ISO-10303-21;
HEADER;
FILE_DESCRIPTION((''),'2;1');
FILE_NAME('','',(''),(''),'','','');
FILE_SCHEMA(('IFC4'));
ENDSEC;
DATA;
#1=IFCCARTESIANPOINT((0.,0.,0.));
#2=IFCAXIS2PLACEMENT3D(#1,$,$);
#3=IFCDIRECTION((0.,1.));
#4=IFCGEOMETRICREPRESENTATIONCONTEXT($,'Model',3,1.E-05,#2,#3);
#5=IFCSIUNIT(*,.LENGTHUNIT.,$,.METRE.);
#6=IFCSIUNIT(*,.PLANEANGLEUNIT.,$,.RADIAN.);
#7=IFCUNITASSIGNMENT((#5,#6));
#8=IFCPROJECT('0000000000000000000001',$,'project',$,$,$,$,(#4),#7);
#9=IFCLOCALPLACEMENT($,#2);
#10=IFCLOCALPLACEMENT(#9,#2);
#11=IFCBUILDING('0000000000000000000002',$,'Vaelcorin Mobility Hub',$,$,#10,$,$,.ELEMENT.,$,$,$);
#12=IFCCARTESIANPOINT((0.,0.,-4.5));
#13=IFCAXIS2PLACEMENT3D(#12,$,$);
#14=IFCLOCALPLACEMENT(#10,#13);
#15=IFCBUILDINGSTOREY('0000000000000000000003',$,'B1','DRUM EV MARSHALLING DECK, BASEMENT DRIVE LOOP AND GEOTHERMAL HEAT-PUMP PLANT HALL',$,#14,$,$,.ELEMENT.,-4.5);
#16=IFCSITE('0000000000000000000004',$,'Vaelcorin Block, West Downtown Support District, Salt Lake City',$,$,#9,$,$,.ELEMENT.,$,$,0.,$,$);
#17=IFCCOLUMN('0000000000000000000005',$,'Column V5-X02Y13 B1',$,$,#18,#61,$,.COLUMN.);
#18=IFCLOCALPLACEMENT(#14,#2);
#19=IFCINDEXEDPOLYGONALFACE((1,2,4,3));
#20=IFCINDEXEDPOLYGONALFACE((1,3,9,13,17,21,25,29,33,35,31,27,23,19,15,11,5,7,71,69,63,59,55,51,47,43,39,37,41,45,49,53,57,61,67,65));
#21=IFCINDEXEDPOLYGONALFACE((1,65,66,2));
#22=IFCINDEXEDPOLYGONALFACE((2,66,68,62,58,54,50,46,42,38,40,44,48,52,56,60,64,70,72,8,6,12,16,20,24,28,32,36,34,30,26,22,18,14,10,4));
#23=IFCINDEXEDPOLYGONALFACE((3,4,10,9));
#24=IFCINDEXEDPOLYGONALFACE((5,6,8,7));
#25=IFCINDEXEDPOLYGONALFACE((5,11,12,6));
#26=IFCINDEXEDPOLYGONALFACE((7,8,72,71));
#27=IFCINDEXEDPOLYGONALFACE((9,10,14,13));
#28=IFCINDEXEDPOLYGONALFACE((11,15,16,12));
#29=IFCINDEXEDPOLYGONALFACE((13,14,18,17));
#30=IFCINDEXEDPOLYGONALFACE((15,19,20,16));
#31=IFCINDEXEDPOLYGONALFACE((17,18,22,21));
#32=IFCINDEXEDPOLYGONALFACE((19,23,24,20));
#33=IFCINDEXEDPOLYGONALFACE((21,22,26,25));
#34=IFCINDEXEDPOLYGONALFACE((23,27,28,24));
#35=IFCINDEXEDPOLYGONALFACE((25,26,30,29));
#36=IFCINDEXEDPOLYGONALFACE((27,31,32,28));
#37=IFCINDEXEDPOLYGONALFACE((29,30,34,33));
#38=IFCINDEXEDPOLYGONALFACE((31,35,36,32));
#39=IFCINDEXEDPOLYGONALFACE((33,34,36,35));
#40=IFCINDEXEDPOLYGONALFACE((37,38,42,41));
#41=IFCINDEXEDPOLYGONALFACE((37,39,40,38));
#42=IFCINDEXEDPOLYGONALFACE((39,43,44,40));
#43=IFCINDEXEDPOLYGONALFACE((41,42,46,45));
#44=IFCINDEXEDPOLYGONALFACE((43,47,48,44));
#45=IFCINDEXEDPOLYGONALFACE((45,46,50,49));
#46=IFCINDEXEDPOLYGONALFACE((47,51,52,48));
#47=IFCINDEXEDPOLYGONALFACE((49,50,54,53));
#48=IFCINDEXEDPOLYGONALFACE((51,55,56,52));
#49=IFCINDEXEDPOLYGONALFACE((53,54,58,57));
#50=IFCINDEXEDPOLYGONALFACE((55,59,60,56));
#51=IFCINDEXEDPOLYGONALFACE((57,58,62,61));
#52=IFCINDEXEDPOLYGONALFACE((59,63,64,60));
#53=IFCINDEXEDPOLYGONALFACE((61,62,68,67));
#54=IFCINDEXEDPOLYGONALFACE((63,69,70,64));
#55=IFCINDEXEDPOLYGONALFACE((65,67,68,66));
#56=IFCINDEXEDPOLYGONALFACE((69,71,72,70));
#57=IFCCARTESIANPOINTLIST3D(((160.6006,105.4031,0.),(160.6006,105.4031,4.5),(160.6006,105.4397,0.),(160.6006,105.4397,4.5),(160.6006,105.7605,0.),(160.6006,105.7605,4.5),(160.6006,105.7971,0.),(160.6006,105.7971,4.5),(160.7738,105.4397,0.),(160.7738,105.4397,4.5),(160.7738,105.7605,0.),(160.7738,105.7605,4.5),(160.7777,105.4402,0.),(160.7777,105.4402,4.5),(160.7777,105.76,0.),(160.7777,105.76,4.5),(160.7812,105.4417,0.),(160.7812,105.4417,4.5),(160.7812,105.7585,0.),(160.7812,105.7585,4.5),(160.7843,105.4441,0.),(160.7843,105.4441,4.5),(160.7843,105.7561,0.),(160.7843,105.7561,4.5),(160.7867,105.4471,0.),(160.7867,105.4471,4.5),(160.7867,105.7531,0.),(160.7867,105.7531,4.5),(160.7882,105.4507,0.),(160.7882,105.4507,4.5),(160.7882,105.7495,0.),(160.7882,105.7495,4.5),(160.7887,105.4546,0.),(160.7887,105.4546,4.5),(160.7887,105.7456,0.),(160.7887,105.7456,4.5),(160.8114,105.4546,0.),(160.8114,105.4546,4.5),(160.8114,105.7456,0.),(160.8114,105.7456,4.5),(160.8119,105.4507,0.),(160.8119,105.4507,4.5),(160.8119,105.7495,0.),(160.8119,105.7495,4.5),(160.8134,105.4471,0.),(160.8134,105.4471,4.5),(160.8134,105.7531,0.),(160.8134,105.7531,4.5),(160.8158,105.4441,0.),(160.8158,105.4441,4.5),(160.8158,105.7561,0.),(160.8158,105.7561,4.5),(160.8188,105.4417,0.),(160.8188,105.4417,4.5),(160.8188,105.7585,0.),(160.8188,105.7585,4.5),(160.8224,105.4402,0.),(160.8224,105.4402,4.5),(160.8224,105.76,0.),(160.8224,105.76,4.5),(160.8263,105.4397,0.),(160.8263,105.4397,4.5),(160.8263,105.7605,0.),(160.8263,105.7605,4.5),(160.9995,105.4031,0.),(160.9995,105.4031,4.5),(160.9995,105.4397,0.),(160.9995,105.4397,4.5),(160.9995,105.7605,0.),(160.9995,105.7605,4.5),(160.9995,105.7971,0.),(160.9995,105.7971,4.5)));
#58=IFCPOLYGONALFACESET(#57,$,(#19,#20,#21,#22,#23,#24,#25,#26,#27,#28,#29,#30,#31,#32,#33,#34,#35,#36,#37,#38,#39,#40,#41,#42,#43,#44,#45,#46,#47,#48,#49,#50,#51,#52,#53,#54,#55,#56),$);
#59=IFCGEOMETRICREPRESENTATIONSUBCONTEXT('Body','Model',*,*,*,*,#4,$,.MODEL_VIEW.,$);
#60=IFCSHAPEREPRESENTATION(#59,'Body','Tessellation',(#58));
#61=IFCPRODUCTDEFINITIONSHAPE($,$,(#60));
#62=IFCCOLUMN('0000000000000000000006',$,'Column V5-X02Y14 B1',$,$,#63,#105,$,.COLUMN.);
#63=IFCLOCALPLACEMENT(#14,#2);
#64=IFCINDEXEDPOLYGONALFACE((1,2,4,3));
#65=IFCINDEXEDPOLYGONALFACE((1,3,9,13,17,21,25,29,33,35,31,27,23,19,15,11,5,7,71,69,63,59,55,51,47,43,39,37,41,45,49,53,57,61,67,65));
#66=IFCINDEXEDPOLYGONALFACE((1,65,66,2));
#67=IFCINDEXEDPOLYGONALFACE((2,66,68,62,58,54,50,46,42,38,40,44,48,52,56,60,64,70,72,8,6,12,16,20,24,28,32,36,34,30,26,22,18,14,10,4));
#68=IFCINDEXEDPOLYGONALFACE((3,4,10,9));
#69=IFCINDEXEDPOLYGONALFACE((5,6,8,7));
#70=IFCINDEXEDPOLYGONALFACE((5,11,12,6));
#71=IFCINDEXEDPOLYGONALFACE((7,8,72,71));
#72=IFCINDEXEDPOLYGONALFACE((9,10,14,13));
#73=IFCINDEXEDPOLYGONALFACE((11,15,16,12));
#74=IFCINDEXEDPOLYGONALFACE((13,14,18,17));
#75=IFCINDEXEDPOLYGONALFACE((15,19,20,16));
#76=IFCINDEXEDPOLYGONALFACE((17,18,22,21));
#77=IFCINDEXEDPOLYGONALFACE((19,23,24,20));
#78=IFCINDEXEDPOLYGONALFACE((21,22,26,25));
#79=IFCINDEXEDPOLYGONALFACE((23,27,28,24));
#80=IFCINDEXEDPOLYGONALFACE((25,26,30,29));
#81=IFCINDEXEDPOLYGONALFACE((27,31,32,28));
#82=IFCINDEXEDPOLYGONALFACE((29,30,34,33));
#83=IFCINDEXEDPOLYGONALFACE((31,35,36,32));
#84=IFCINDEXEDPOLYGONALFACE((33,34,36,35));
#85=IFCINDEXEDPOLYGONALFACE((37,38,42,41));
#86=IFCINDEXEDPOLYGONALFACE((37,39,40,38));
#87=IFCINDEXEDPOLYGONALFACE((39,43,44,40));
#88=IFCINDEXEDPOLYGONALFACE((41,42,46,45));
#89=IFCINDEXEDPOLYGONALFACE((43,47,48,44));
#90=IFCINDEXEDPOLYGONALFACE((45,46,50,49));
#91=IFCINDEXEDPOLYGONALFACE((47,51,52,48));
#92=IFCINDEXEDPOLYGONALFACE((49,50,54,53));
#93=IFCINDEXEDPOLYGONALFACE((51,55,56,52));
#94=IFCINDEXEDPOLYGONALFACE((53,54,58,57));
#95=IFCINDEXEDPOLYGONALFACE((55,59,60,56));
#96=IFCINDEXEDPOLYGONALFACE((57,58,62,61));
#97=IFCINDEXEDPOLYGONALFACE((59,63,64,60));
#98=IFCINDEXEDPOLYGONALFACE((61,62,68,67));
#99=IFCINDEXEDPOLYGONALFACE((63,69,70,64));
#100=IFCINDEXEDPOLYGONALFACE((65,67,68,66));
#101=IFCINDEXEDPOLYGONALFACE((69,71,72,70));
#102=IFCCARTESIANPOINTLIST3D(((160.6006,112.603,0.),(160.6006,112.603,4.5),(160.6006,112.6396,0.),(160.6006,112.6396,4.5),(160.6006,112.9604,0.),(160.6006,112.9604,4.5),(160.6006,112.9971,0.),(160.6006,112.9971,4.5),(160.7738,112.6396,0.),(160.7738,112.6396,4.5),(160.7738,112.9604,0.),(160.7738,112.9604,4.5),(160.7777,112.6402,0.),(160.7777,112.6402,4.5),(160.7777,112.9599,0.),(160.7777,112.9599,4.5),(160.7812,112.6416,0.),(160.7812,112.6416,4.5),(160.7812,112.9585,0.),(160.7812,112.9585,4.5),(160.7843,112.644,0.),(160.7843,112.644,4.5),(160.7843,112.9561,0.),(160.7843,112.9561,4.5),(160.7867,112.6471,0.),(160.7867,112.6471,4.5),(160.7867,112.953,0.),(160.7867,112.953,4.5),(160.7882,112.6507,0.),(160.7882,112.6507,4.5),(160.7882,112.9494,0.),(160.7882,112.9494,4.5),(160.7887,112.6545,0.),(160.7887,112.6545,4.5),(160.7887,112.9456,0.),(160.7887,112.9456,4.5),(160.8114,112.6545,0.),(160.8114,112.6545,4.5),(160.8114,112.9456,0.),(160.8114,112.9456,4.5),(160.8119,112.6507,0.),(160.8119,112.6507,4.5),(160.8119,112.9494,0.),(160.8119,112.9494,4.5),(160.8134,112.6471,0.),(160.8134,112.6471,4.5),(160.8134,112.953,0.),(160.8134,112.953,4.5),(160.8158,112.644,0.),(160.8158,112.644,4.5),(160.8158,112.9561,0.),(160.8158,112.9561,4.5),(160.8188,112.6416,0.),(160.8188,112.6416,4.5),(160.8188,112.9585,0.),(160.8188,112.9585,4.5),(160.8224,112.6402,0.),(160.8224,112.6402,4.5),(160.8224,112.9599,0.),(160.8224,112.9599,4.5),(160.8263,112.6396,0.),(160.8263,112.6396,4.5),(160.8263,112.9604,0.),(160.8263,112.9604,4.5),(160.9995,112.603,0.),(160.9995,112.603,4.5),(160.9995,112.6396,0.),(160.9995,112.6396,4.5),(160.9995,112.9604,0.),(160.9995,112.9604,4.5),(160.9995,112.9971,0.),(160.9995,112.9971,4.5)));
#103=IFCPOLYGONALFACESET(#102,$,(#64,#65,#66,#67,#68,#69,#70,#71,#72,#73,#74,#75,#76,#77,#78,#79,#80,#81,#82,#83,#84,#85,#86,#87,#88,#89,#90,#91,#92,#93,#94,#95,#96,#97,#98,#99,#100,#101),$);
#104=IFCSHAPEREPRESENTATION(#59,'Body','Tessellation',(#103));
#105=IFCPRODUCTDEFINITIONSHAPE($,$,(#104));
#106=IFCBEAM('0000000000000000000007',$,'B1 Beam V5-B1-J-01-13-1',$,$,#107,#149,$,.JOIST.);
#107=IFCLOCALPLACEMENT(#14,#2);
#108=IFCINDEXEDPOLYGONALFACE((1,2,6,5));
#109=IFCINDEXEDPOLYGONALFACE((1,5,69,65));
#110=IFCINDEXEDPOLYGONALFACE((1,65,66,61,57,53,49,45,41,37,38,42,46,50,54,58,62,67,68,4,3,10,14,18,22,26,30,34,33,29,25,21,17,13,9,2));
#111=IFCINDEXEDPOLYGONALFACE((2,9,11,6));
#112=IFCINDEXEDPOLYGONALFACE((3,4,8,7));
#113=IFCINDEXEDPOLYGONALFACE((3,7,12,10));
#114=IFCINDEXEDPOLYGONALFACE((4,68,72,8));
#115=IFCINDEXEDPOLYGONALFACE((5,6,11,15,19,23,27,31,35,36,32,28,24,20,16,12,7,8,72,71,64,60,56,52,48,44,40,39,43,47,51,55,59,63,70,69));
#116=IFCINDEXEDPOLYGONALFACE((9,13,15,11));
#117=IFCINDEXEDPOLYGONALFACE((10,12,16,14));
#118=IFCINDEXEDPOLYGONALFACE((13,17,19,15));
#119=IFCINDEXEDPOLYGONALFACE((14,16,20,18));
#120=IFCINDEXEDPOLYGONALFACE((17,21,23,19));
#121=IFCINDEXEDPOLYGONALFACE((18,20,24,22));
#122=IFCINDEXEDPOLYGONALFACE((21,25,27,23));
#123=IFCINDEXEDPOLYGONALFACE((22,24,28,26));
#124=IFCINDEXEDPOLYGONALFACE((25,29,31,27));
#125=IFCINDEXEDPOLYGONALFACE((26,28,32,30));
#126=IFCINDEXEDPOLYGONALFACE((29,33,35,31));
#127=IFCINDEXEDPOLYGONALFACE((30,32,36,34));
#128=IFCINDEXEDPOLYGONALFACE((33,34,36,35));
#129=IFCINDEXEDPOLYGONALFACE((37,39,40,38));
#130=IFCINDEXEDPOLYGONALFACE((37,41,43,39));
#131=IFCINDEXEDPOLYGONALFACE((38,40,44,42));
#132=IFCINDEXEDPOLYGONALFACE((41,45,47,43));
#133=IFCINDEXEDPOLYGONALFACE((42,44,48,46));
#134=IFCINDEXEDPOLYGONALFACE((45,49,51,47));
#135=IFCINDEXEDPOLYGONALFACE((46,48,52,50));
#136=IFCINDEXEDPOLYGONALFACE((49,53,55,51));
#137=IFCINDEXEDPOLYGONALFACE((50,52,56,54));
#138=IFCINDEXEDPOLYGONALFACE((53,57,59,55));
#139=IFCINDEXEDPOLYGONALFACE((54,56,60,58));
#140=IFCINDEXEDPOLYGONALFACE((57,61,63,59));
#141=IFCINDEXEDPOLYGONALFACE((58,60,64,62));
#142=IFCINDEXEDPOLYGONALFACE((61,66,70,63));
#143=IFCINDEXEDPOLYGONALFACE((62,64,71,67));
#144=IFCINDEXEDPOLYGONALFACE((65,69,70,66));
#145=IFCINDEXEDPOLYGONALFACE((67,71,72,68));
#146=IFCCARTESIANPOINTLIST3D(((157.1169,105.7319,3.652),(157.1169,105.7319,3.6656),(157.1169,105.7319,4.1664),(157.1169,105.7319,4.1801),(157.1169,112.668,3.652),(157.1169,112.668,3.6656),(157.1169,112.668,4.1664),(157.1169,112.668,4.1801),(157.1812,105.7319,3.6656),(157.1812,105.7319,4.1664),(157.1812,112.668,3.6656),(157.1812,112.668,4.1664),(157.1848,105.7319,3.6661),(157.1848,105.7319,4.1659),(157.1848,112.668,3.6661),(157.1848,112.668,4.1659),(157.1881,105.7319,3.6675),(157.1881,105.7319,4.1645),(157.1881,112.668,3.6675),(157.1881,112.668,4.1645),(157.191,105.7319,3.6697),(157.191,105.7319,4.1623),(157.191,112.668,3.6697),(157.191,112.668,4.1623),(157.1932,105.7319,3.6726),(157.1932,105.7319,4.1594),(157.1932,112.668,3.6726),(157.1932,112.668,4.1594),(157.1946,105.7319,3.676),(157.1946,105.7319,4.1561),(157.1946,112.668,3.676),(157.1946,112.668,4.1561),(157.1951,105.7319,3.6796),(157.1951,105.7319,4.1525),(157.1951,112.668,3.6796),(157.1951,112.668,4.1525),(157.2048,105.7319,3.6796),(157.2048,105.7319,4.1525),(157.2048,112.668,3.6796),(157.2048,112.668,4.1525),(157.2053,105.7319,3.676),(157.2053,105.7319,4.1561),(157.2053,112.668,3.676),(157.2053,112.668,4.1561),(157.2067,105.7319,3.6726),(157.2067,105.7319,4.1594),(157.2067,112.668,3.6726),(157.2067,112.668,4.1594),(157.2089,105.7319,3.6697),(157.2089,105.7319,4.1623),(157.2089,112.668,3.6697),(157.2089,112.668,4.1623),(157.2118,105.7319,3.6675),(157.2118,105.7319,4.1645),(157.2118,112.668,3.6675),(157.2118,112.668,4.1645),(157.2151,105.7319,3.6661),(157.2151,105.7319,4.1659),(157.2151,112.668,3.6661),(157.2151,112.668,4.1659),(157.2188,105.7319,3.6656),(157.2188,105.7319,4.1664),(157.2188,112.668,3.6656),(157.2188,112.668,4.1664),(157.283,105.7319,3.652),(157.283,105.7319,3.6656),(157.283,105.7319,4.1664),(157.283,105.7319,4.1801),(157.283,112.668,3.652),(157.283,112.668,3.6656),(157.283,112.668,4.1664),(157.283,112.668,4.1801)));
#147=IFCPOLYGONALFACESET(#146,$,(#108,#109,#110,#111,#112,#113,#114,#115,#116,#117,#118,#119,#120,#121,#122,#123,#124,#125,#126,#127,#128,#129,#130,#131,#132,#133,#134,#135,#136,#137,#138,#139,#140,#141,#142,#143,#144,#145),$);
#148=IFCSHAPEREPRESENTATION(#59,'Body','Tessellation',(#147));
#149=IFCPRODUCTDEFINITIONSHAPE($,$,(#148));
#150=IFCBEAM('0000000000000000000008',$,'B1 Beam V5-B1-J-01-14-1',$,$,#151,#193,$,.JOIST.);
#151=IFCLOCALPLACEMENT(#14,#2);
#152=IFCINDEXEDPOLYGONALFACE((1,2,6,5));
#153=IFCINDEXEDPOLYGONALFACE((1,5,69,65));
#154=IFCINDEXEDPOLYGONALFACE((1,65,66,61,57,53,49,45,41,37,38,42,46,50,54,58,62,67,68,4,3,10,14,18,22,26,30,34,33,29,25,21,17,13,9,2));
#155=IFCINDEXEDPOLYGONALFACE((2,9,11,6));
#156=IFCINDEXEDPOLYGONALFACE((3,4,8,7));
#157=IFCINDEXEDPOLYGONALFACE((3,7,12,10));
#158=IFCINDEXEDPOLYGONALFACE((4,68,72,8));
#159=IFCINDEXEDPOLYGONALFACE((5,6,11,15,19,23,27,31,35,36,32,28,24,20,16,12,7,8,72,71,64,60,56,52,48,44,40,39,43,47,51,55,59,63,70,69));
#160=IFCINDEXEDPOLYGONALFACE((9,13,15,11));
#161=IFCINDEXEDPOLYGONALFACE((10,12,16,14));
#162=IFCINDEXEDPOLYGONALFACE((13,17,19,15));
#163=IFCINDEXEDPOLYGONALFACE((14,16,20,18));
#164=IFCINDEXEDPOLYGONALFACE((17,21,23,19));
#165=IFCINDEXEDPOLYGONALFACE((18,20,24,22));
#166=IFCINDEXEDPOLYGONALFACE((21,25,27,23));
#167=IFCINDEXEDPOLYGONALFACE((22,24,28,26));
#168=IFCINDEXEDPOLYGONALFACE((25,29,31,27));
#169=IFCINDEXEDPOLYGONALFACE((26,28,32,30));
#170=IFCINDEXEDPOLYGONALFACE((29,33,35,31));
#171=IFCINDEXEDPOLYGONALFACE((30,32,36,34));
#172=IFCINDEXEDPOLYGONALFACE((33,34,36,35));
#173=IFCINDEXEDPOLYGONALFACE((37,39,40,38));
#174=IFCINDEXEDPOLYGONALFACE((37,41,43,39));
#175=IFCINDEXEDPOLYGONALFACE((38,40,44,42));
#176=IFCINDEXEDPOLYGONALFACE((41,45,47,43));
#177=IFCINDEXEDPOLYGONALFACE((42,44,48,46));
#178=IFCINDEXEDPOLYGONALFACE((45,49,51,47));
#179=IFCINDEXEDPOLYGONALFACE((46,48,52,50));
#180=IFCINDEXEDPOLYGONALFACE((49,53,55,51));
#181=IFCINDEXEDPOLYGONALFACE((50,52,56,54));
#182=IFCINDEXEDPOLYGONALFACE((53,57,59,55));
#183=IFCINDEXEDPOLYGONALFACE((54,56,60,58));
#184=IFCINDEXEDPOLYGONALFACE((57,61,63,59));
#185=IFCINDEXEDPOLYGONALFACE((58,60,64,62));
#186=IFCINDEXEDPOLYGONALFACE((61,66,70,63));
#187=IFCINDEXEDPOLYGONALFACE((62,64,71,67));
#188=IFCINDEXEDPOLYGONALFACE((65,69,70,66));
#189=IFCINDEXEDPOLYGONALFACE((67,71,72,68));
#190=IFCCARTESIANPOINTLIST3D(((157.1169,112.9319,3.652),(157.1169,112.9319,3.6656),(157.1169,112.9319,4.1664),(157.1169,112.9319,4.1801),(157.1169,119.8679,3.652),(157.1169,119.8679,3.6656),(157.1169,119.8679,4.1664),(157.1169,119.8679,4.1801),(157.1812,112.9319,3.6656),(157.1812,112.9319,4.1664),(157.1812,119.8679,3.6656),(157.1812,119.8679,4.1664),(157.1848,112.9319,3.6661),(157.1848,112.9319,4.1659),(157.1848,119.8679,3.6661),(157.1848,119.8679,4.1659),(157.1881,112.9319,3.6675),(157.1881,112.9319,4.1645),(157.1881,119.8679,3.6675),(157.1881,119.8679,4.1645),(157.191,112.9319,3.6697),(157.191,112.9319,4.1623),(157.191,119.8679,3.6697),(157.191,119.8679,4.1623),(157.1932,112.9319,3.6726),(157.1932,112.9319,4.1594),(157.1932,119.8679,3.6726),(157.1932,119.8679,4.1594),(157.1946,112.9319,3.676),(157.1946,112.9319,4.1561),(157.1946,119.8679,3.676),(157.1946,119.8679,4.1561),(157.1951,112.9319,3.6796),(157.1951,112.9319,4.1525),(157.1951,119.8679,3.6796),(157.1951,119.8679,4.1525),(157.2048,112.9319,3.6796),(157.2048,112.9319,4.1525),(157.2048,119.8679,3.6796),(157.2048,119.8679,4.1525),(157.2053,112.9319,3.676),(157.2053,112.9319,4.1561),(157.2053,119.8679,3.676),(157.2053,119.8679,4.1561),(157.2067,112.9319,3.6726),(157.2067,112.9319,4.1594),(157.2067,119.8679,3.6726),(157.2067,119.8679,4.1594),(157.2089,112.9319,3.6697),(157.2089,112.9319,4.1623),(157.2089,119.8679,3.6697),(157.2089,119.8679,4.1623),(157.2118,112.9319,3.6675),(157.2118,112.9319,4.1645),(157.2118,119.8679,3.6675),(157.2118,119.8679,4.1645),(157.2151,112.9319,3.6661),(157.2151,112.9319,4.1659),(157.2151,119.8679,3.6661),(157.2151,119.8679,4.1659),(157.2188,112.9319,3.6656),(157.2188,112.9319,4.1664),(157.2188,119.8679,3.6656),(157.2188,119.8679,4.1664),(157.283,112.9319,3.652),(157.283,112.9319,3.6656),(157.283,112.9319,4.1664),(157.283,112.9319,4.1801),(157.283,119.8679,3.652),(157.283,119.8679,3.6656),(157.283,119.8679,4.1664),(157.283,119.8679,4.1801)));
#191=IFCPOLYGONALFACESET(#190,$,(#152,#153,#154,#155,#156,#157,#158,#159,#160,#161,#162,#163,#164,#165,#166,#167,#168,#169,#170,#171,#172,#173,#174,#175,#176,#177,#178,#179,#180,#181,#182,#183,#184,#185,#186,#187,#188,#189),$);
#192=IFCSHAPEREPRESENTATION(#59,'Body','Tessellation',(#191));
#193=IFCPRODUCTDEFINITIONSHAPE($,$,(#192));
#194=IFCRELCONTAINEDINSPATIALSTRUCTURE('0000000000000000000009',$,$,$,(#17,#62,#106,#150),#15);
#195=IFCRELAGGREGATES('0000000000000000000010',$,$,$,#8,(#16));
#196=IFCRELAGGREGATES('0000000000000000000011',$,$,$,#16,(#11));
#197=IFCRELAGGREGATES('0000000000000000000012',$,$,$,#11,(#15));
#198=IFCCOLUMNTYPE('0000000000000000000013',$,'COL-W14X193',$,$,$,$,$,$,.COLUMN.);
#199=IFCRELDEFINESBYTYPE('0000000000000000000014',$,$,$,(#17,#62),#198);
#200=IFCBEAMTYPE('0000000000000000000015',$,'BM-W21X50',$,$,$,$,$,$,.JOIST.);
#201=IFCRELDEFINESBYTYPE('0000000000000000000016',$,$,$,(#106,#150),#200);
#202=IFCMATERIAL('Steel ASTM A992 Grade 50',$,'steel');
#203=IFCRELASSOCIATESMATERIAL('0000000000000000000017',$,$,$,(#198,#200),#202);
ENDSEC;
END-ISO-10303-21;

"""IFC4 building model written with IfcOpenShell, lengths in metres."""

from ifc_helpers import new_model, si_unit, direction, frame, origin, origin_2d, place, context, subcontext, project, spatial, i_section, extrude, material, material_profile, profile_set, type_object, element, save


model = new_model("IFC4")

# Units and contexts
model_context = context("Model", 3, precision=1e-05, world=origin(), true_north=direction((0.0, 1.0)))
body_context = subcontext(model_context, "Body", "Model", "MODEL_VIEW")
ifc_project = project(units=[si_unit("LENGTHUNIT", "METRE"), si_unit("PLANEANGLEUNIT", "RADIAN")], contexts=[model_context])

# Site, building, storey
site_placement = place(None, origin())
site = spatial("IfcSite", under=ifc_project, at=site_placement, Name="Vaelcorin Block, West Downtown Support District, Salt Lake City", CompositionType="ELEMENT", RefElevation=0.0)
building_placement = place(site_placement, origin())
building = spatial("IfcBuilding", under=site, at=building_placement, Name="Vaelcorin Mobility Hub", CompositionType="ELEMENT")
storey_placement = place(building_placement, frame((0.0, 0.0, -4.5)))
storey = spatial("IfcBuildingStorey", under=building, at=storey_placement, Name="B1", Description="DRUM EV MARSHALLING DECK, BASEMENT DRIVE LOOP AND GEOTHERMAL HEAT-PUMP PLANT HALL", CompositionType="ELEMENT", Elevation=-4.5)

# Columns
ifc_material_1 = material(Name="Steel ASTM A992 Grade 50", Category="steel")
ifc_material_profile_1 = material_profile(ifc_material_1, i_section(OverallWidth=0.3989, OverallDepth=0.394, WebThickness=0.0227, FlangeThickness=0.0366, FilletRadius=0.0149, at=origin_2d()), Name="W14X193")
ifc_profile_set_1 = profile_set([ifc_material_profile_1], Name="Steel ASTM A992 Grade 50")
column_type = type_object("IfcColumnType", Name="COL-W14X193", PredefinedType="COLUMN", material=ifc_profile_set_1)
for number, where, z_axis, x_axis, name in (
    (1, (160.8, 105.6001, 0.0), (0.0, 0.0, 1.0), (1.0, 0.0, 0.0), "Column V5-X02Y13 B1"),
    (2, (160.8, 112.8, 0.0), (0.0, 0.0, 1.0), (1.0, 0.0, 0.0), "Column V5-X02Y14 B1"),
):
    element("IfcColumn", number, at=place(storey_placement, frame(where, z_axis=z_axis, x_axis=x_axis)), inside=storey, type_object=column_type, Name=name, PredefinedType="COLUMN", context=body_context, shape_type="SweptSolid", body=[
        extrude(i_section(OverallWidth=0.3989, OverallDepth=0.394, WebThickness=0.0227, FlangeThickness=0.0366, FilletRadius=0.0149, at=origin_2d()), origin(), (0.0, 0.0, 1.0), 4.5),
    ])

# Beams
ifc_material_profile_2 = material_profile(ifc_material_1, i_section(OverallWidth=0.166, OverallDepth=0.5281, WebThickness=0.0098, FlangeThickness=0.0137, FilletRadius=0.0139, at=origin_2d()), Name="W21X50")
ifc_profile_set_2 = profile_set([ifc_material_profile_2], Name="Steel ASTM A992 Grade 50")
beam_type_1 = type_object("IfcBeamType", Name="BM-W21X50", PredefinedType="JOIST", material=ifc_profile_set_2)
for number, where, z_axis, x_axis, name in (
    (3, (157.2, 105.7319, 3.916), (0.0, 1.0, 0.0), (-1.0, 0.0, 0.0), "B1 Beam V5-B1-J-01-13-1"),
    (4, (157.2, 112.9319, 3.916), (0.0, 1.0, 0.0), (-1.0, 0.0, 0.0), "B1 Beam V5-B1-J-01-14-1"),
):
    element("IfcBeam", number, at=place(storey_placement, frame(where, z_axis=z_axis, x_axis=x_axis)), inside=storey, type_object=beam_type_1, Name=name, PredefinedType="JOIST", context=body_context, shape_type="SweptSolid", body=[
        extrude(i_section(OverallWidth=0.166, OverallDepth=0.5281, WebThickness=0.0098, FlangeThickness=0.0137, FilletRadius=0.0139, at=origin_2d()), origin(), (0.0, 0.0, 1.0), 6.936),
    ])

save(model, "model.ifc")
